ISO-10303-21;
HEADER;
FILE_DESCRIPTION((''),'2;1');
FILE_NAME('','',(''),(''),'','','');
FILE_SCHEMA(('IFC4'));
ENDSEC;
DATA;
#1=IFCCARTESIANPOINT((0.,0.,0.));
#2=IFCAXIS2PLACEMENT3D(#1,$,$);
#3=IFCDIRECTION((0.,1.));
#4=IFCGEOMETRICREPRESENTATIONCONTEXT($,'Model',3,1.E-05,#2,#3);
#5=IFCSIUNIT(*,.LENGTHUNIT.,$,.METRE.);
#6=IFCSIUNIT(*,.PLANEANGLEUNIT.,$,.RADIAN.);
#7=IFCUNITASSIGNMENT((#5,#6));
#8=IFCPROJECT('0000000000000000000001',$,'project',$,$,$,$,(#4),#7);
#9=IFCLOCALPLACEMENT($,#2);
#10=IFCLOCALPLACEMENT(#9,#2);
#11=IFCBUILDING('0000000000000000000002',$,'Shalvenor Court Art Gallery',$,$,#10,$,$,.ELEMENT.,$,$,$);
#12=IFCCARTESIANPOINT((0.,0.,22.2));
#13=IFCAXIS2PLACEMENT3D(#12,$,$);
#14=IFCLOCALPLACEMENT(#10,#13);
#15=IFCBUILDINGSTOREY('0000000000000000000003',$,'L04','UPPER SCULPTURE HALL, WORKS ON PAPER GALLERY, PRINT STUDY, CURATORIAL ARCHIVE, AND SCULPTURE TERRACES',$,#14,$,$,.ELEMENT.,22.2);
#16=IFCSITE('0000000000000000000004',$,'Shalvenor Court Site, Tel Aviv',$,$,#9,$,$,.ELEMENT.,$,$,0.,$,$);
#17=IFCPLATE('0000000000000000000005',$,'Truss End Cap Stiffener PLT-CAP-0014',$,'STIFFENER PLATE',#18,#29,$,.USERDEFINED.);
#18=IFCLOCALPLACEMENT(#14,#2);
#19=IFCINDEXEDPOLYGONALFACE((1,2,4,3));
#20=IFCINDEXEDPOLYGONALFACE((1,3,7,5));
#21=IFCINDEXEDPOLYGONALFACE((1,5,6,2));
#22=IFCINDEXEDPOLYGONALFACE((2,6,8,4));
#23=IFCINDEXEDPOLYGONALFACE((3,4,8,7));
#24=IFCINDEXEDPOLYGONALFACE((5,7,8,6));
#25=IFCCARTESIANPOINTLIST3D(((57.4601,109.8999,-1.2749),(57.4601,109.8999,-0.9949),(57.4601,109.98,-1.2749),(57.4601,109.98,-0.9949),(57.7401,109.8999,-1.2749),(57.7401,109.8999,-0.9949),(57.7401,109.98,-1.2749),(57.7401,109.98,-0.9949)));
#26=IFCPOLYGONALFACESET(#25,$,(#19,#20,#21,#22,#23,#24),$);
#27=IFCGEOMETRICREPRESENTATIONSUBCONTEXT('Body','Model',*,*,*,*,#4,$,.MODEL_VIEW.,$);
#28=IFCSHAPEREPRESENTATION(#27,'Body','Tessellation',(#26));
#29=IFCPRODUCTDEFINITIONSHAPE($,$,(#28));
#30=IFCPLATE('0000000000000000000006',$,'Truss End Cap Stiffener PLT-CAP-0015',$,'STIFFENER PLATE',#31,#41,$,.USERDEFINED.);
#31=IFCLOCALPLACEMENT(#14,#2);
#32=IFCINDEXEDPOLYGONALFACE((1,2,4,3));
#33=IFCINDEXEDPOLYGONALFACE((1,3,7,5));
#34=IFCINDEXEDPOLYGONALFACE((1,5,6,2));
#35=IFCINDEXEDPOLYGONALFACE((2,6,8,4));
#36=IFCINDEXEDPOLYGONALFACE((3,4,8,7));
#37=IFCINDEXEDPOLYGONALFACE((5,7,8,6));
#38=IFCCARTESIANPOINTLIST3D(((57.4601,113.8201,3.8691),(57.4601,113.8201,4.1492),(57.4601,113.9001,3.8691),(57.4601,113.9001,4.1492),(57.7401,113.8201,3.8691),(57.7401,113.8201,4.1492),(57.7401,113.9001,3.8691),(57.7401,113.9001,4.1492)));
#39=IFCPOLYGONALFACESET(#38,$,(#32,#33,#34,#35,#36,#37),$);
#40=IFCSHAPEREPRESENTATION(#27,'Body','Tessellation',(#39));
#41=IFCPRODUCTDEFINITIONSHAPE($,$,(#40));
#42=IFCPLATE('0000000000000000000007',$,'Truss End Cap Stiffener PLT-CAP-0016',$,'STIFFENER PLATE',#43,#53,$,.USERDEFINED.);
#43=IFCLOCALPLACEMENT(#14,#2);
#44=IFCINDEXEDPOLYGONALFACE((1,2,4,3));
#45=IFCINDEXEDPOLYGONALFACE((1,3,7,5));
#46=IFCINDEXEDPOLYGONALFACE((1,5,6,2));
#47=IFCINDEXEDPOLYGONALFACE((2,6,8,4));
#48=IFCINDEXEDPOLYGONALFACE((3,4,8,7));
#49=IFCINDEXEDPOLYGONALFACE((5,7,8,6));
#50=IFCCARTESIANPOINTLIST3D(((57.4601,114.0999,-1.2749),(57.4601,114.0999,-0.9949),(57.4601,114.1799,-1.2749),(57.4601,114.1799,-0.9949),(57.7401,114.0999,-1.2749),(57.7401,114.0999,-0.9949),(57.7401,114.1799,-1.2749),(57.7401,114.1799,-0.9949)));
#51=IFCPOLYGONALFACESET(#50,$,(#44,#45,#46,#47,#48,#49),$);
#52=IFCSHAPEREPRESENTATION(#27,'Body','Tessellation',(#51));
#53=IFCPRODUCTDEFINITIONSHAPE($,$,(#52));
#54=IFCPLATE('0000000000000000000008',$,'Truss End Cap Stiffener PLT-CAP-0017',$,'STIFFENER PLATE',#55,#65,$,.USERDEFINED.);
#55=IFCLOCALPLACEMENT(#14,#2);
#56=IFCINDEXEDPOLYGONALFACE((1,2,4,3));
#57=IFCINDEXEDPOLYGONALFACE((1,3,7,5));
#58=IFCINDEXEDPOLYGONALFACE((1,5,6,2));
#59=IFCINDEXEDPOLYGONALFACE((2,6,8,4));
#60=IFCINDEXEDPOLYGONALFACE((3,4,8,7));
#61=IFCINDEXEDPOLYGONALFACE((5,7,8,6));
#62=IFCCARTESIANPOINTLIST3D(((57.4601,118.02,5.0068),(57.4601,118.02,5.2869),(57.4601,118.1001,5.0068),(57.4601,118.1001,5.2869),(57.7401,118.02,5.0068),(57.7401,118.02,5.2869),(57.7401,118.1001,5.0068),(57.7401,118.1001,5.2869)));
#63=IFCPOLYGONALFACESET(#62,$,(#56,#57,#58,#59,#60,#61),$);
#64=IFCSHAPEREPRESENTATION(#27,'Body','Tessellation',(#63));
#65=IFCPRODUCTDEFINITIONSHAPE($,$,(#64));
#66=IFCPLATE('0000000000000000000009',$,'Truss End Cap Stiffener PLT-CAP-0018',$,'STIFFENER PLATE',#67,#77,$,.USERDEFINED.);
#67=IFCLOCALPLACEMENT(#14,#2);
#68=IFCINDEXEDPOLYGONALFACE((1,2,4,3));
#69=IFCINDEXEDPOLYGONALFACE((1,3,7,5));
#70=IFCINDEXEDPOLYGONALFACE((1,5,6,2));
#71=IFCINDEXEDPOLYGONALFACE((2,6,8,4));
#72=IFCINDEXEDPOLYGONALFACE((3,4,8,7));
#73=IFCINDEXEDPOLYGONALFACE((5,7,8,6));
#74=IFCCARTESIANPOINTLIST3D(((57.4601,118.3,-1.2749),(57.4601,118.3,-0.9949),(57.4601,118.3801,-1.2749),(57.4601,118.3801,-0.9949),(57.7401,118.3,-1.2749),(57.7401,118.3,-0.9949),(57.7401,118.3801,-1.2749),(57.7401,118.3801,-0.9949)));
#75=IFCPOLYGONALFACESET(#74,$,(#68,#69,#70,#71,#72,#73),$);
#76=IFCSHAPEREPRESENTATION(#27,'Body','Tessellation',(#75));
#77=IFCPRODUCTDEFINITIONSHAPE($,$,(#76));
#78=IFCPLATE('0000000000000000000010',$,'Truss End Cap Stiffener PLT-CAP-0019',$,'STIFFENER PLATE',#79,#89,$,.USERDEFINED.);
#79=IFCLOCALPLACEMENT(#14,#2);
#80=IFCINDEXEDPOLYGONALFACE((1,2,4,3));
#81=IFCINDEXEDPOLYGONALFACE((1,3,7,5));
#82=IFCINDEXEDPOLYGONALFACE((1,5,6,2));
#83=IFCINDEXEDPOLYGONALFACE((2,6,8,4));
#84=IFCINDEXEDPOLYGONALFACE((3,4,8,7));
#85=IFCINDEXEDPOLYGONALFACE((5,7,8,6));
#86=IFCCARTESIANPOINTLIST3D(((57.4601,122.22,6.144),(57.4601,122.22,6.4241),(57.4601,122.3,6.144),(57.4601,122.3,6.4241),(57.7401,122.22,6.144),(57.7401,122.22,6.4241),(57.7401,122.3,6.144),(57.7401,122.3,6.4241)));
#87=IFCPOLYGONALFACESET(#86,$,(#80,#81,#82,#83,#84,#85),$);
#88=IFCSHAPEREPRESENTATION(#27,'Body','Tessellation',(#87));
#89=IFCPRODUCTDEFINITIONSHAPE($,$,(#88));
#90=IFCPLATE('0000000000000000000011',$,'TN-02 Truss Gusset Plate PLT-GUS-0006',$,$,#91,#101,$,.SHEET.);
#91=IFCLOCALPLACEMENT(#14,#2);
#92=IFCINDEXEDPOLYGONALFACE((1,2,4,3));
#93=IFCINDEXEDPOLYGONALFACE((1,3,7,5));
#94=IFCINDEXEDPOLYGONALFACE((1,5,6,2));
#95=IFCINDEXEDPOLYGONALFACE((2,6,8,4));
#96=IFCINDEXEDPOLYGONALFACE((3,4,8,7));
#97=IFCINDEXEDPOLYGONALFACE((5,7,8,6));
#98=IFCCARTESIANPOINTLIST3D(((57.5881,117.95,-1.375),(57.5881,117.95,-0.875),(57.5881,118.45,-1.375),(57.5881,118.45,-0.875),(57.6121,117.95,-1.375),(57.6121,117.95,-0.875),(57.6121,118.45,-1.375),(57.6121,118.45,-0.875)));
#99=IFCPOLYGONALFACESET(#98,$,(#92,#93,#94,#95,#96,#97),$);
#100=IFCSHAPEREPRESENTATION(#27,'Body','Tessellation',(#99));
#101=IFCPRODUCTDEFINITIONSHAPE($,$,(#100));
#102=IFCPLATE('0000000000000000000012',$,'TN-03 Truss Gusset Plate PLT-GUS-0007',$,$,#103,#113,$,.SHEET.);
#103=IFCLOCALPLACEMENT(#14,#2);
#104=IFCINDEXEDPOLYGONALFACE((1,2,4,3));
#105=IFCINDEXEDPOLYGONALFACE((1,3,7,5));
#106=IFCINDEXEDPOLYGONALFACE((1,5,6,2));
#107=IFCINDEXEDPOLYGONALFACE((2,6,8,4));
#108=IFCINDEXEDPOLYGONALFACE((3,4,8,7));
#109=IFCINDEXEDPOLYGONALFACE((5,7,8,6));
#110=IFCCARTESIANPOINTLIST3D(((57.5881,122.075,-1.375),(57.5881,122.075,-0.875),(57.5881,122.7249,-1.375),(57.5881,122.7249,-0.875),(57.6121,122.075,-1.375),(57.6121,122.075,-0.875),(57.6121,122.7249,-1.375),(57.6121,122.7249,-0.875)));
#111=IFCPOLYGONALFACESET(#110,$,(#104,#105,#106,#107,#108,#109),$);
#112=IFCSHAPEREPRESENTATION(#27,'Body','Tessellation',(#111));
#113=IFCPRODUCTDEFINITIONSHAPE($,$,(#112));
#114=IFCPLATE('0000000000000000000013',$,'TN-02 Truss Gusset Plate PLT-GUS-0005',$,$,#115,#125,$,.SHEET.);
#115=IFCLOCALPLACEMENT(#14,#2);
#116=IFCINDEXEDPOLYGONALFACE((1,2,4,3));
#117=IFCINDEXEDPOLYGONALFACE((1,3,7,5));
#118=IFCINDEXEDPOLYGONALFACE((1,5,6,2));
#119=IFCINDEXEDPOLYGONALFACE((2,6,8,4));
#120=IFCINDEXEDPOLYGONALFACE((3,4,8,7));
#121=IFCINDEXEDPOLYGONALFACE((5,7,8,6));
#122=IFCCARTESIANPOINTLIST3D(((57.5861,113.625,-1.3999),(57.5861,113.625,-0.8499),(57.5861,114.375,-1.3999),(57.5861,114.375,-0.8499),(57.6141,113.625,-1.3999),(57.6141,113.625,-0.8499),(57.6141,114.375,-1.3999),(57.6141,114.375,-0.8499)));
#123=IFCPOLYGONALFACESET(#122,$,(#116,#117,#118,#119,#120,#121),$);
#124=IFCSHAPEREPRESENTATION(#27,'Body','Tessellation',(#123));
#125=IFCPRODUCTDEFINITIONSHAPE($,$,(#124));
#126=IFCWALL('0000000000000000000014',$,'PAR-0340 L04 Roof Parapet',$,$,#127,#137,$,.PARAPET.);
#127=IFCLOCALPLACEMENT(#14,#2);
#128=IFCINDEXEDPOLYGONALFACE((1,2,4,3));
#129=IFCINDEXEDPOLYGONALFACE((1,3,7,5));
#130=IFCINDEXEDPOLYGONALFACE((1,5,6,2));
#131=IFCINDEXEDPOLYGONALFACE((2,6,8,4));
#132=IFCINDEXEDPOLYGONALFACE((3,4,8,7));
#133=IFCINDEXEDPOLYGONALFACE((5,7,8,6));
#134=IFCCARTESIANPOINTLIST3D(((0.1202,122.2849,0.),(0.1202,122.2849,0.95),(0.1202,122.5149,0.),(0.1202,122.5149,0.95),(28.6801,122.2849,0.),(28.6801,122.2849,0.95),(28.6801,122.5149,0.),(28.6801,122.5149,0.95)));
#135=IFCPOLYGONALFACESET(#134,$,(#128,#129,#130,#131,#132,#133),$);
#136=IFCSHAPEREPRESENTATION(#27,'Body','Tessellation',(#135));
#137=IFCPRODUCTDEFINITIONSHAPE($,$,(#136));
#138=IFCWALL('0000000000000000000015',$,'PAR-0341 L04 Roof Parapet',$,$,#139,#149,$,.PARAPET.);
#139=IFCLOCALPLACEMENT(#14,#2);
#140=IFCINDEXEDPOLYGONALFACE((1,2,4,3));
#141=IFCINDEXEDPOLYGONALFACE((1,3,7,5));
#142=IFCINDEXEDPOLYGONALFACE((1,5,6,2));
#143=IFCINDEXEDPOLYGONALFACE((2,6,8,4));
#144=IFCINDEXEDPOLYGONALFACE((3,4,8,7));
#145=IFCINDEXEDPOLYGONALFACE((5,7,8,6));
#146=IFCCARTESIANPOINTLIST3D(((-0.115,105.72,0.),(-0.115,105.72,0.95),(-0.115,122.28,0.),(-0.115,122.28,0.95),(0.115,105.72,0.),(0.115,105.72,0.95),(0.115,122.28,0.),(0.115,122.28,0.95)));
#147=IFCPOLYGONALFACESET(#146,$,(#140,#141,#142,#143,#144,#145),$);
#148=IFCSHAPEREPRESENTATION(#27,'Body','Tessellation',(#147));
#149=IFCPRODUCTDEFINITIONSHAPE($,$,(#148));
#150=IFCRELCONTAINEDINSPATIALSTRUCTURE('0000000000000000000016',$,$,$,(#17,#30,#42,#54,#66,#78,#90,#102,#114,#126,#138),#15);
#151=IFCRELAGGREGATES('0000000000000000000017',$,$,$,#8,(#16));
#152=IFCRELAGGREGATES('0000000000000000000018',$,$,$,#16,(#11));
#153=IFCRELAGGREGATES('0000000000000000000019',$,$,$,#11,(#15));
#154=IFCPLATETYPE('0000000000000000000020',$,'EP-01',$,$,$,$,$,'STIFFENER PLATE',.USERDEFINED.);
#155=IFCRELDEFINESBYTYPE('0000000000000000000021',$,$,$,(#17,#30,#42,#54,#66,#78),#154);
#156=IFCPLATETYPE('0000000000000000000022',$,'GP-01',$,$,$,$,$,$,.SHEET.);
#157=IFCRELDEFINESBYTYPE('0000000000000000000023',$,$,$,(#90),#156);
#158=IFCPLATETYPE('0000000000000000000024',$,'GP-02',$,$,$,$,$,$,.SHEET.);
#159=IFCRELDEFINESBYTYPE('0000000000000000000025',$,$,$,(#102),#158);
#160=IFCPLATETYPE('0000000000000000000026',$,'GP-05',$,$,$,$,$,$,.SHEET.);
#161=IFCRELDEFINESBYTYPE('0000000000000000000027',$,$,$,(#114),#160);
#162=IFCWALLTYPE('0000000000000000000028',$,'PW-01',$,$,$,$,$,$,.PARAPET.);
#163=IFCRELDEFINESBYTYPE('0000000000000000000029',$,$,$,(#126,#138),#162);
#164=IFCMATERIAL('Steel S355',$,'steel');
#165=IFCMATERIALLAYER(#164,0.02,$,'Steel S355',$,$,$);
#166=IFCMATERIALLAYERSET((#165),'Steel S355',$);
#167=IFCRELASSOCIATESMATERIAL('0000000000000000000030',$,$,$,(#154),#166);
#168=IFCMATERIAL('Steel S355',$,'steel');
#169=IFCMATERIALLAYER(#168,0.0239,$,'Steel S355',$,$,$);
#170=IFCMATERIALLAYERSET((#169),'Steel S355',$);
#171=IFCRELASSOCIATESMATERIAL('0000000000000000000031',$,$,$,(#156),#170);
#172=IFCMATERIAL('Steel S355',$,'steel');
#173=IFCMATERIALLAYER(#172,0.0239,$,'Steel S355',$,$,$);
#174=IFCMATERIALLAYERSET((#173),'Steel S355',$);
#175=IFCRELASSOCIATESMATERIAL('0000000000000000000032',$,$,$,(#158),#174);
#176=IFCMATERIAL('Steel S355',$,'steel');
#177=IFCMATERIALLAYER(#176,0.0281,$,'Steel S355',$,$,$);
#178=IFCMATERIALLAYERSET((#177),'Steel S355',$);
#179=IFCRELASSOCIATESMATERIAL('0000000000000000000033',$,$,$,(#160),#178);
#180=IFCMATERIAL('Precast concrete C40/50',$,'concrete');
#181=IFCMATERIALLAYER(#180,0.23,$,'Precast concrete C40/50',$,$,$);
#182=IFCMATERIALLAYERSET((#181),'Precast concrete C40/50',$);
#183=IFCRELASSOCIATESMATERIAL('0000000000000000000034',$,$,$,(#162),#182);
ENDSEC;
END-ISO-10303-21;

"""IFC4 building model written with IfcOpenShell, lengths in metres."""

from ifc_helpers import new_model, si_unit, direction, frame, frame_2d, origin, origin_2d, place, context, subcontext, project, spatial, rectangle, extrude, material, layer, layer_set, type_object, element, save


model = new_model("IFC4")

# Units and contexts
model_context = context("Model", 3, precision=1e-05, world=origin(), true_north=direction((0.0, 1.0)))
body_context = subcontext(model_context, "Body", "Model", "MODEL_VIEW")
ifc_project = project(units=[si_unit("LENGTHUNIT", "METRE"), si_unit("PLANEANGLEUNIT", "RADIAN")], contexts=[model_context])

# Site, building, storey
site_placement = place(None, origin())
site = spatial("IfcSite", under=ifc_project, at=site_placement, Name="Shalvenor Court Site, Tel Aviv", CompositionType="ELEMENT", RefElevation=0.0)
building_placement = place(site_placement, origin())
building = spatial("IfcBuilding", under=site, at=building_placement, Name="Shalvenor Court Art Gallery", CompositionType="ELEMENT")
storey_placement = place(building_placement, frame((0.0, 0.0, 22.2)))
storey = spatial("IfcBuildingStorey", under=building, at=storey_placement, Name="L04", Description="UPPER SCULPTURE HALL, WORKS ON PAPER GALLERY, PRINT STUDY, CURATORIAL ARCHIVE, AND SCULPTURE TERRACES", CompositionType="ELEMENT", Elevation=22.2)

# Plates
ifc_material_1 = material(Name="Steel S355", Category="steel")
ifc_layer_1 = layer(ifc_material_1, 0.02, Name="Steel S355")
ifc_layer_set_1 = layer_set([ifc_layer_1], Name="Steel S355")
plate_type_1 = type_object("IfcPlateType", Name="EP-01", ElementType="STIFFENER PLATE", PredefinedType="USERDEFINED", material=ifc_layer_set_1)
for number, where, z_axis, x_axis, name in (
    (1, (57.6001, 109.9399, -1.2749), (0.0, 0.0, 1.0), (1.0, 0.0, 0.0), "Truss End Cap Stiffener PLT-CAP-0014"),
    (2, (57.6001, 113.8601, 3.8691), (0.0, 0.0, 1.0), (1.0, 0.0, 0.0), "Truss End Cap Stiffener PLT-CAP-0015"),
    (3, (57.6001, 114.1399, -1.2749), (0.0, 0.0, 1.0), (1.0, 0.0, 0.0), "Truss End Cap Stiffener PLT-CAP-0016"),
    (4, (57.6001, 118.0601, 5.0068), (0.0, 0.0, 1.0), (1.0, 0.0, 0.0), "Truss End Cap Stiffener PLT-CAP-0017"),
    (5, (57.6001, 118.3401, -1.2749), (0.0, 0.0, 1.0), (1.0, 0.0, 0.0), "Truss End Cap Stiffener PLT-CAP-0018"),
    (6, (57.6001, 122.26, 6.144), (0.0, 0.0, 1.0), (1.0, 0.0, 0.0), "Truss End Cap Stiffener PLT-CAP-0019"),
):
    element("IfcPlate", number, at=place(storey_placement, frame(where, z_axis=z_axis, x_axis=x_axis)), inside=storey, type_object=plate_type_1, Name=name, ObjectType="STIFFENER PLATE", PredefinedType="USERDEFINED", context=body_context, shape_type="SweptSolid", body=[
        extrude(rectangle(XDim=0.28, YDim=0.0801, at=origin_2d()), origin(), (0.0, 0.0, 1.0), 0.28),
    ])
ifc_material_2 = material(Name="Steel S355", Category="steel")
ifc_layer_2 = layer(ifc_material_2, 0.0239, Name="Steel S355")
ifc_layer_set_2 = layer_set([ifc_layer_2], Name="Steel S355")
plate_type_2 = type_object("IfcPlateType", Name="GP-01", PredefinedType="SHEET", material=ifc_layer_set_2)
plate_1_placement = place(storey_placement, frame((57.6001, 118.2, -1.375), z_axis=(0.0, 0.0, 1.0), x_axis=(0.0, 1.0, 0.0)))
element("IfcPlate", 7, at=plate_1_placement, inside=storey, type_object=plate_type_2, Name="TN-02 Truss Gusset Plate PLT-GUS-0006", PredefinedType="SHEET", context=body_context, shape_type="SweptSolid", body=[
    extrude(rectangle(XDim=0.5, YDim=0.0239, at=origin_2d()), origin(), (0.0, 0.0, 1.0), 0.5),
])
ifc_material_3 = material(Name="Steel S355", Category="steel")
ifc_layer_3 = layer(ifc_material_3, 0.0239, Name="Steel S355")
ifc_layer_set_3 = layer_set([ifc_layer_3], Name="Steel S355")
plate_type_3 = type_object("IfcPlateType", Name="GP-02", PredefinedType="SHEET", material=ifc_layer_set_3)
plate_2_placement = place(storey_placement, frame((57.6001, 122.3999, -1.375), z_axis=(0.0, 0.0, 1.0), x_axis=(0.0, 1.0, 0.0)))
element("IfcPlate", 8, at=plate_2_placement, inside=storey, type_object=plate_type_3, Name="TN-03 Truss Gusset Plate PLT-GUS-0007", PredefinedType="SHEET", context=body_context, shape_type="SweptSolid", body=[
    extrude(rectangle(XDim=0.6499, YDim=0.0239, at=origin_2d()), origin(), (0.0, 0.0, 1.0), 0.5),
])
ifc_material_4 = material(Name="Steel S355", Category="steel")
ifc_layer_4 = layer(ifc_material_4, 0.0281, Name="Steel S355")
ifc_layer_set_4 = layer_set([ifc_layer_4], Name="Steel S355")
plate_type_4 = type_object("IfcPlateType", Name="GP-05", PredefinedType="SHEET", material=ifc_layer_set_4)
plate_3_placement = place(storey_placement, frame((57.6001, 114.0, -1.3999), z_axis=(0.0, 0.0, 1.0), x_axis=(0.0, 1.0, 0.0)))
element("IfcPlate", 9, at=plate_3_placement, inside=storey, type_object=plate_type_4, Name="TN-02 Truss Gusset Plate PLT-GUS-0005", PredefinedType="SHEET", context=body_context, shape_type="SweptSolid", body=[
    extrude(rectangle(XDim=0.75, YDim=0.0281, at=origin_2d()), origin(), (0.0, 0.0, 1.0), 0.55),
])

# Walls
ifc_material_5 = material(Name="Precast concrete C40/50", Category="concrete")
ifc_layer_5 = layer(ifc_material_5, 0.23, Name="Precast concrete C40/50")
ifc_layer_set_5 = layer_set([ifc_layer_5], Name="Precast concrete C40/50")
wall_type = type_object("IfcWallType", Name="PW-01", PredefinedType="PARAPET", material=ifc_layer_set_5)
wall_1_placement = place(storey_placement, frame((28.6799, 122.3999, 0.0), z_axis=(0.0, 0.0, 1.0), x_axis=(-1.0, 0.0, 0.0)))
element("IfcWall", 10, at=wall_1_placement, inside=storey, type_object=wall_type, Name="PAR-0340 L04 Roof Parapet", PredefinedType="PARAPET", context=body_context, shape_type="SweptSolid", body=[
    extrude(rectangle(XDim=28.5598, YDim=0.23, at=frame_2d((14.2798, 0.0))), origin(), (0.0, 0.0, 1.0), 0.95),
])
wall_2_placement = place(storey_placement, frame((0.0, 122.28, 0.0), z_axis=(0.0, 0.0, 1.0), x_axis=(0.0, -1.0, 0.0)))
element("IfcWall", 11, at=wall_2_placement, inside=storey, type_object=wall_type, Name="PAR-0341 L04 Roof Parapet", PredefinedType="PARAPET", context=body_context, shape_type="SweptSolid", body=[
    extrude(rectangle(XDim=16.5601, YDim=0.23, at=frame_2d((8.28, 0.0))), origin(), (0.0, 0.0, 1.0), 0.95),
])

save(model, "model.ifc")
